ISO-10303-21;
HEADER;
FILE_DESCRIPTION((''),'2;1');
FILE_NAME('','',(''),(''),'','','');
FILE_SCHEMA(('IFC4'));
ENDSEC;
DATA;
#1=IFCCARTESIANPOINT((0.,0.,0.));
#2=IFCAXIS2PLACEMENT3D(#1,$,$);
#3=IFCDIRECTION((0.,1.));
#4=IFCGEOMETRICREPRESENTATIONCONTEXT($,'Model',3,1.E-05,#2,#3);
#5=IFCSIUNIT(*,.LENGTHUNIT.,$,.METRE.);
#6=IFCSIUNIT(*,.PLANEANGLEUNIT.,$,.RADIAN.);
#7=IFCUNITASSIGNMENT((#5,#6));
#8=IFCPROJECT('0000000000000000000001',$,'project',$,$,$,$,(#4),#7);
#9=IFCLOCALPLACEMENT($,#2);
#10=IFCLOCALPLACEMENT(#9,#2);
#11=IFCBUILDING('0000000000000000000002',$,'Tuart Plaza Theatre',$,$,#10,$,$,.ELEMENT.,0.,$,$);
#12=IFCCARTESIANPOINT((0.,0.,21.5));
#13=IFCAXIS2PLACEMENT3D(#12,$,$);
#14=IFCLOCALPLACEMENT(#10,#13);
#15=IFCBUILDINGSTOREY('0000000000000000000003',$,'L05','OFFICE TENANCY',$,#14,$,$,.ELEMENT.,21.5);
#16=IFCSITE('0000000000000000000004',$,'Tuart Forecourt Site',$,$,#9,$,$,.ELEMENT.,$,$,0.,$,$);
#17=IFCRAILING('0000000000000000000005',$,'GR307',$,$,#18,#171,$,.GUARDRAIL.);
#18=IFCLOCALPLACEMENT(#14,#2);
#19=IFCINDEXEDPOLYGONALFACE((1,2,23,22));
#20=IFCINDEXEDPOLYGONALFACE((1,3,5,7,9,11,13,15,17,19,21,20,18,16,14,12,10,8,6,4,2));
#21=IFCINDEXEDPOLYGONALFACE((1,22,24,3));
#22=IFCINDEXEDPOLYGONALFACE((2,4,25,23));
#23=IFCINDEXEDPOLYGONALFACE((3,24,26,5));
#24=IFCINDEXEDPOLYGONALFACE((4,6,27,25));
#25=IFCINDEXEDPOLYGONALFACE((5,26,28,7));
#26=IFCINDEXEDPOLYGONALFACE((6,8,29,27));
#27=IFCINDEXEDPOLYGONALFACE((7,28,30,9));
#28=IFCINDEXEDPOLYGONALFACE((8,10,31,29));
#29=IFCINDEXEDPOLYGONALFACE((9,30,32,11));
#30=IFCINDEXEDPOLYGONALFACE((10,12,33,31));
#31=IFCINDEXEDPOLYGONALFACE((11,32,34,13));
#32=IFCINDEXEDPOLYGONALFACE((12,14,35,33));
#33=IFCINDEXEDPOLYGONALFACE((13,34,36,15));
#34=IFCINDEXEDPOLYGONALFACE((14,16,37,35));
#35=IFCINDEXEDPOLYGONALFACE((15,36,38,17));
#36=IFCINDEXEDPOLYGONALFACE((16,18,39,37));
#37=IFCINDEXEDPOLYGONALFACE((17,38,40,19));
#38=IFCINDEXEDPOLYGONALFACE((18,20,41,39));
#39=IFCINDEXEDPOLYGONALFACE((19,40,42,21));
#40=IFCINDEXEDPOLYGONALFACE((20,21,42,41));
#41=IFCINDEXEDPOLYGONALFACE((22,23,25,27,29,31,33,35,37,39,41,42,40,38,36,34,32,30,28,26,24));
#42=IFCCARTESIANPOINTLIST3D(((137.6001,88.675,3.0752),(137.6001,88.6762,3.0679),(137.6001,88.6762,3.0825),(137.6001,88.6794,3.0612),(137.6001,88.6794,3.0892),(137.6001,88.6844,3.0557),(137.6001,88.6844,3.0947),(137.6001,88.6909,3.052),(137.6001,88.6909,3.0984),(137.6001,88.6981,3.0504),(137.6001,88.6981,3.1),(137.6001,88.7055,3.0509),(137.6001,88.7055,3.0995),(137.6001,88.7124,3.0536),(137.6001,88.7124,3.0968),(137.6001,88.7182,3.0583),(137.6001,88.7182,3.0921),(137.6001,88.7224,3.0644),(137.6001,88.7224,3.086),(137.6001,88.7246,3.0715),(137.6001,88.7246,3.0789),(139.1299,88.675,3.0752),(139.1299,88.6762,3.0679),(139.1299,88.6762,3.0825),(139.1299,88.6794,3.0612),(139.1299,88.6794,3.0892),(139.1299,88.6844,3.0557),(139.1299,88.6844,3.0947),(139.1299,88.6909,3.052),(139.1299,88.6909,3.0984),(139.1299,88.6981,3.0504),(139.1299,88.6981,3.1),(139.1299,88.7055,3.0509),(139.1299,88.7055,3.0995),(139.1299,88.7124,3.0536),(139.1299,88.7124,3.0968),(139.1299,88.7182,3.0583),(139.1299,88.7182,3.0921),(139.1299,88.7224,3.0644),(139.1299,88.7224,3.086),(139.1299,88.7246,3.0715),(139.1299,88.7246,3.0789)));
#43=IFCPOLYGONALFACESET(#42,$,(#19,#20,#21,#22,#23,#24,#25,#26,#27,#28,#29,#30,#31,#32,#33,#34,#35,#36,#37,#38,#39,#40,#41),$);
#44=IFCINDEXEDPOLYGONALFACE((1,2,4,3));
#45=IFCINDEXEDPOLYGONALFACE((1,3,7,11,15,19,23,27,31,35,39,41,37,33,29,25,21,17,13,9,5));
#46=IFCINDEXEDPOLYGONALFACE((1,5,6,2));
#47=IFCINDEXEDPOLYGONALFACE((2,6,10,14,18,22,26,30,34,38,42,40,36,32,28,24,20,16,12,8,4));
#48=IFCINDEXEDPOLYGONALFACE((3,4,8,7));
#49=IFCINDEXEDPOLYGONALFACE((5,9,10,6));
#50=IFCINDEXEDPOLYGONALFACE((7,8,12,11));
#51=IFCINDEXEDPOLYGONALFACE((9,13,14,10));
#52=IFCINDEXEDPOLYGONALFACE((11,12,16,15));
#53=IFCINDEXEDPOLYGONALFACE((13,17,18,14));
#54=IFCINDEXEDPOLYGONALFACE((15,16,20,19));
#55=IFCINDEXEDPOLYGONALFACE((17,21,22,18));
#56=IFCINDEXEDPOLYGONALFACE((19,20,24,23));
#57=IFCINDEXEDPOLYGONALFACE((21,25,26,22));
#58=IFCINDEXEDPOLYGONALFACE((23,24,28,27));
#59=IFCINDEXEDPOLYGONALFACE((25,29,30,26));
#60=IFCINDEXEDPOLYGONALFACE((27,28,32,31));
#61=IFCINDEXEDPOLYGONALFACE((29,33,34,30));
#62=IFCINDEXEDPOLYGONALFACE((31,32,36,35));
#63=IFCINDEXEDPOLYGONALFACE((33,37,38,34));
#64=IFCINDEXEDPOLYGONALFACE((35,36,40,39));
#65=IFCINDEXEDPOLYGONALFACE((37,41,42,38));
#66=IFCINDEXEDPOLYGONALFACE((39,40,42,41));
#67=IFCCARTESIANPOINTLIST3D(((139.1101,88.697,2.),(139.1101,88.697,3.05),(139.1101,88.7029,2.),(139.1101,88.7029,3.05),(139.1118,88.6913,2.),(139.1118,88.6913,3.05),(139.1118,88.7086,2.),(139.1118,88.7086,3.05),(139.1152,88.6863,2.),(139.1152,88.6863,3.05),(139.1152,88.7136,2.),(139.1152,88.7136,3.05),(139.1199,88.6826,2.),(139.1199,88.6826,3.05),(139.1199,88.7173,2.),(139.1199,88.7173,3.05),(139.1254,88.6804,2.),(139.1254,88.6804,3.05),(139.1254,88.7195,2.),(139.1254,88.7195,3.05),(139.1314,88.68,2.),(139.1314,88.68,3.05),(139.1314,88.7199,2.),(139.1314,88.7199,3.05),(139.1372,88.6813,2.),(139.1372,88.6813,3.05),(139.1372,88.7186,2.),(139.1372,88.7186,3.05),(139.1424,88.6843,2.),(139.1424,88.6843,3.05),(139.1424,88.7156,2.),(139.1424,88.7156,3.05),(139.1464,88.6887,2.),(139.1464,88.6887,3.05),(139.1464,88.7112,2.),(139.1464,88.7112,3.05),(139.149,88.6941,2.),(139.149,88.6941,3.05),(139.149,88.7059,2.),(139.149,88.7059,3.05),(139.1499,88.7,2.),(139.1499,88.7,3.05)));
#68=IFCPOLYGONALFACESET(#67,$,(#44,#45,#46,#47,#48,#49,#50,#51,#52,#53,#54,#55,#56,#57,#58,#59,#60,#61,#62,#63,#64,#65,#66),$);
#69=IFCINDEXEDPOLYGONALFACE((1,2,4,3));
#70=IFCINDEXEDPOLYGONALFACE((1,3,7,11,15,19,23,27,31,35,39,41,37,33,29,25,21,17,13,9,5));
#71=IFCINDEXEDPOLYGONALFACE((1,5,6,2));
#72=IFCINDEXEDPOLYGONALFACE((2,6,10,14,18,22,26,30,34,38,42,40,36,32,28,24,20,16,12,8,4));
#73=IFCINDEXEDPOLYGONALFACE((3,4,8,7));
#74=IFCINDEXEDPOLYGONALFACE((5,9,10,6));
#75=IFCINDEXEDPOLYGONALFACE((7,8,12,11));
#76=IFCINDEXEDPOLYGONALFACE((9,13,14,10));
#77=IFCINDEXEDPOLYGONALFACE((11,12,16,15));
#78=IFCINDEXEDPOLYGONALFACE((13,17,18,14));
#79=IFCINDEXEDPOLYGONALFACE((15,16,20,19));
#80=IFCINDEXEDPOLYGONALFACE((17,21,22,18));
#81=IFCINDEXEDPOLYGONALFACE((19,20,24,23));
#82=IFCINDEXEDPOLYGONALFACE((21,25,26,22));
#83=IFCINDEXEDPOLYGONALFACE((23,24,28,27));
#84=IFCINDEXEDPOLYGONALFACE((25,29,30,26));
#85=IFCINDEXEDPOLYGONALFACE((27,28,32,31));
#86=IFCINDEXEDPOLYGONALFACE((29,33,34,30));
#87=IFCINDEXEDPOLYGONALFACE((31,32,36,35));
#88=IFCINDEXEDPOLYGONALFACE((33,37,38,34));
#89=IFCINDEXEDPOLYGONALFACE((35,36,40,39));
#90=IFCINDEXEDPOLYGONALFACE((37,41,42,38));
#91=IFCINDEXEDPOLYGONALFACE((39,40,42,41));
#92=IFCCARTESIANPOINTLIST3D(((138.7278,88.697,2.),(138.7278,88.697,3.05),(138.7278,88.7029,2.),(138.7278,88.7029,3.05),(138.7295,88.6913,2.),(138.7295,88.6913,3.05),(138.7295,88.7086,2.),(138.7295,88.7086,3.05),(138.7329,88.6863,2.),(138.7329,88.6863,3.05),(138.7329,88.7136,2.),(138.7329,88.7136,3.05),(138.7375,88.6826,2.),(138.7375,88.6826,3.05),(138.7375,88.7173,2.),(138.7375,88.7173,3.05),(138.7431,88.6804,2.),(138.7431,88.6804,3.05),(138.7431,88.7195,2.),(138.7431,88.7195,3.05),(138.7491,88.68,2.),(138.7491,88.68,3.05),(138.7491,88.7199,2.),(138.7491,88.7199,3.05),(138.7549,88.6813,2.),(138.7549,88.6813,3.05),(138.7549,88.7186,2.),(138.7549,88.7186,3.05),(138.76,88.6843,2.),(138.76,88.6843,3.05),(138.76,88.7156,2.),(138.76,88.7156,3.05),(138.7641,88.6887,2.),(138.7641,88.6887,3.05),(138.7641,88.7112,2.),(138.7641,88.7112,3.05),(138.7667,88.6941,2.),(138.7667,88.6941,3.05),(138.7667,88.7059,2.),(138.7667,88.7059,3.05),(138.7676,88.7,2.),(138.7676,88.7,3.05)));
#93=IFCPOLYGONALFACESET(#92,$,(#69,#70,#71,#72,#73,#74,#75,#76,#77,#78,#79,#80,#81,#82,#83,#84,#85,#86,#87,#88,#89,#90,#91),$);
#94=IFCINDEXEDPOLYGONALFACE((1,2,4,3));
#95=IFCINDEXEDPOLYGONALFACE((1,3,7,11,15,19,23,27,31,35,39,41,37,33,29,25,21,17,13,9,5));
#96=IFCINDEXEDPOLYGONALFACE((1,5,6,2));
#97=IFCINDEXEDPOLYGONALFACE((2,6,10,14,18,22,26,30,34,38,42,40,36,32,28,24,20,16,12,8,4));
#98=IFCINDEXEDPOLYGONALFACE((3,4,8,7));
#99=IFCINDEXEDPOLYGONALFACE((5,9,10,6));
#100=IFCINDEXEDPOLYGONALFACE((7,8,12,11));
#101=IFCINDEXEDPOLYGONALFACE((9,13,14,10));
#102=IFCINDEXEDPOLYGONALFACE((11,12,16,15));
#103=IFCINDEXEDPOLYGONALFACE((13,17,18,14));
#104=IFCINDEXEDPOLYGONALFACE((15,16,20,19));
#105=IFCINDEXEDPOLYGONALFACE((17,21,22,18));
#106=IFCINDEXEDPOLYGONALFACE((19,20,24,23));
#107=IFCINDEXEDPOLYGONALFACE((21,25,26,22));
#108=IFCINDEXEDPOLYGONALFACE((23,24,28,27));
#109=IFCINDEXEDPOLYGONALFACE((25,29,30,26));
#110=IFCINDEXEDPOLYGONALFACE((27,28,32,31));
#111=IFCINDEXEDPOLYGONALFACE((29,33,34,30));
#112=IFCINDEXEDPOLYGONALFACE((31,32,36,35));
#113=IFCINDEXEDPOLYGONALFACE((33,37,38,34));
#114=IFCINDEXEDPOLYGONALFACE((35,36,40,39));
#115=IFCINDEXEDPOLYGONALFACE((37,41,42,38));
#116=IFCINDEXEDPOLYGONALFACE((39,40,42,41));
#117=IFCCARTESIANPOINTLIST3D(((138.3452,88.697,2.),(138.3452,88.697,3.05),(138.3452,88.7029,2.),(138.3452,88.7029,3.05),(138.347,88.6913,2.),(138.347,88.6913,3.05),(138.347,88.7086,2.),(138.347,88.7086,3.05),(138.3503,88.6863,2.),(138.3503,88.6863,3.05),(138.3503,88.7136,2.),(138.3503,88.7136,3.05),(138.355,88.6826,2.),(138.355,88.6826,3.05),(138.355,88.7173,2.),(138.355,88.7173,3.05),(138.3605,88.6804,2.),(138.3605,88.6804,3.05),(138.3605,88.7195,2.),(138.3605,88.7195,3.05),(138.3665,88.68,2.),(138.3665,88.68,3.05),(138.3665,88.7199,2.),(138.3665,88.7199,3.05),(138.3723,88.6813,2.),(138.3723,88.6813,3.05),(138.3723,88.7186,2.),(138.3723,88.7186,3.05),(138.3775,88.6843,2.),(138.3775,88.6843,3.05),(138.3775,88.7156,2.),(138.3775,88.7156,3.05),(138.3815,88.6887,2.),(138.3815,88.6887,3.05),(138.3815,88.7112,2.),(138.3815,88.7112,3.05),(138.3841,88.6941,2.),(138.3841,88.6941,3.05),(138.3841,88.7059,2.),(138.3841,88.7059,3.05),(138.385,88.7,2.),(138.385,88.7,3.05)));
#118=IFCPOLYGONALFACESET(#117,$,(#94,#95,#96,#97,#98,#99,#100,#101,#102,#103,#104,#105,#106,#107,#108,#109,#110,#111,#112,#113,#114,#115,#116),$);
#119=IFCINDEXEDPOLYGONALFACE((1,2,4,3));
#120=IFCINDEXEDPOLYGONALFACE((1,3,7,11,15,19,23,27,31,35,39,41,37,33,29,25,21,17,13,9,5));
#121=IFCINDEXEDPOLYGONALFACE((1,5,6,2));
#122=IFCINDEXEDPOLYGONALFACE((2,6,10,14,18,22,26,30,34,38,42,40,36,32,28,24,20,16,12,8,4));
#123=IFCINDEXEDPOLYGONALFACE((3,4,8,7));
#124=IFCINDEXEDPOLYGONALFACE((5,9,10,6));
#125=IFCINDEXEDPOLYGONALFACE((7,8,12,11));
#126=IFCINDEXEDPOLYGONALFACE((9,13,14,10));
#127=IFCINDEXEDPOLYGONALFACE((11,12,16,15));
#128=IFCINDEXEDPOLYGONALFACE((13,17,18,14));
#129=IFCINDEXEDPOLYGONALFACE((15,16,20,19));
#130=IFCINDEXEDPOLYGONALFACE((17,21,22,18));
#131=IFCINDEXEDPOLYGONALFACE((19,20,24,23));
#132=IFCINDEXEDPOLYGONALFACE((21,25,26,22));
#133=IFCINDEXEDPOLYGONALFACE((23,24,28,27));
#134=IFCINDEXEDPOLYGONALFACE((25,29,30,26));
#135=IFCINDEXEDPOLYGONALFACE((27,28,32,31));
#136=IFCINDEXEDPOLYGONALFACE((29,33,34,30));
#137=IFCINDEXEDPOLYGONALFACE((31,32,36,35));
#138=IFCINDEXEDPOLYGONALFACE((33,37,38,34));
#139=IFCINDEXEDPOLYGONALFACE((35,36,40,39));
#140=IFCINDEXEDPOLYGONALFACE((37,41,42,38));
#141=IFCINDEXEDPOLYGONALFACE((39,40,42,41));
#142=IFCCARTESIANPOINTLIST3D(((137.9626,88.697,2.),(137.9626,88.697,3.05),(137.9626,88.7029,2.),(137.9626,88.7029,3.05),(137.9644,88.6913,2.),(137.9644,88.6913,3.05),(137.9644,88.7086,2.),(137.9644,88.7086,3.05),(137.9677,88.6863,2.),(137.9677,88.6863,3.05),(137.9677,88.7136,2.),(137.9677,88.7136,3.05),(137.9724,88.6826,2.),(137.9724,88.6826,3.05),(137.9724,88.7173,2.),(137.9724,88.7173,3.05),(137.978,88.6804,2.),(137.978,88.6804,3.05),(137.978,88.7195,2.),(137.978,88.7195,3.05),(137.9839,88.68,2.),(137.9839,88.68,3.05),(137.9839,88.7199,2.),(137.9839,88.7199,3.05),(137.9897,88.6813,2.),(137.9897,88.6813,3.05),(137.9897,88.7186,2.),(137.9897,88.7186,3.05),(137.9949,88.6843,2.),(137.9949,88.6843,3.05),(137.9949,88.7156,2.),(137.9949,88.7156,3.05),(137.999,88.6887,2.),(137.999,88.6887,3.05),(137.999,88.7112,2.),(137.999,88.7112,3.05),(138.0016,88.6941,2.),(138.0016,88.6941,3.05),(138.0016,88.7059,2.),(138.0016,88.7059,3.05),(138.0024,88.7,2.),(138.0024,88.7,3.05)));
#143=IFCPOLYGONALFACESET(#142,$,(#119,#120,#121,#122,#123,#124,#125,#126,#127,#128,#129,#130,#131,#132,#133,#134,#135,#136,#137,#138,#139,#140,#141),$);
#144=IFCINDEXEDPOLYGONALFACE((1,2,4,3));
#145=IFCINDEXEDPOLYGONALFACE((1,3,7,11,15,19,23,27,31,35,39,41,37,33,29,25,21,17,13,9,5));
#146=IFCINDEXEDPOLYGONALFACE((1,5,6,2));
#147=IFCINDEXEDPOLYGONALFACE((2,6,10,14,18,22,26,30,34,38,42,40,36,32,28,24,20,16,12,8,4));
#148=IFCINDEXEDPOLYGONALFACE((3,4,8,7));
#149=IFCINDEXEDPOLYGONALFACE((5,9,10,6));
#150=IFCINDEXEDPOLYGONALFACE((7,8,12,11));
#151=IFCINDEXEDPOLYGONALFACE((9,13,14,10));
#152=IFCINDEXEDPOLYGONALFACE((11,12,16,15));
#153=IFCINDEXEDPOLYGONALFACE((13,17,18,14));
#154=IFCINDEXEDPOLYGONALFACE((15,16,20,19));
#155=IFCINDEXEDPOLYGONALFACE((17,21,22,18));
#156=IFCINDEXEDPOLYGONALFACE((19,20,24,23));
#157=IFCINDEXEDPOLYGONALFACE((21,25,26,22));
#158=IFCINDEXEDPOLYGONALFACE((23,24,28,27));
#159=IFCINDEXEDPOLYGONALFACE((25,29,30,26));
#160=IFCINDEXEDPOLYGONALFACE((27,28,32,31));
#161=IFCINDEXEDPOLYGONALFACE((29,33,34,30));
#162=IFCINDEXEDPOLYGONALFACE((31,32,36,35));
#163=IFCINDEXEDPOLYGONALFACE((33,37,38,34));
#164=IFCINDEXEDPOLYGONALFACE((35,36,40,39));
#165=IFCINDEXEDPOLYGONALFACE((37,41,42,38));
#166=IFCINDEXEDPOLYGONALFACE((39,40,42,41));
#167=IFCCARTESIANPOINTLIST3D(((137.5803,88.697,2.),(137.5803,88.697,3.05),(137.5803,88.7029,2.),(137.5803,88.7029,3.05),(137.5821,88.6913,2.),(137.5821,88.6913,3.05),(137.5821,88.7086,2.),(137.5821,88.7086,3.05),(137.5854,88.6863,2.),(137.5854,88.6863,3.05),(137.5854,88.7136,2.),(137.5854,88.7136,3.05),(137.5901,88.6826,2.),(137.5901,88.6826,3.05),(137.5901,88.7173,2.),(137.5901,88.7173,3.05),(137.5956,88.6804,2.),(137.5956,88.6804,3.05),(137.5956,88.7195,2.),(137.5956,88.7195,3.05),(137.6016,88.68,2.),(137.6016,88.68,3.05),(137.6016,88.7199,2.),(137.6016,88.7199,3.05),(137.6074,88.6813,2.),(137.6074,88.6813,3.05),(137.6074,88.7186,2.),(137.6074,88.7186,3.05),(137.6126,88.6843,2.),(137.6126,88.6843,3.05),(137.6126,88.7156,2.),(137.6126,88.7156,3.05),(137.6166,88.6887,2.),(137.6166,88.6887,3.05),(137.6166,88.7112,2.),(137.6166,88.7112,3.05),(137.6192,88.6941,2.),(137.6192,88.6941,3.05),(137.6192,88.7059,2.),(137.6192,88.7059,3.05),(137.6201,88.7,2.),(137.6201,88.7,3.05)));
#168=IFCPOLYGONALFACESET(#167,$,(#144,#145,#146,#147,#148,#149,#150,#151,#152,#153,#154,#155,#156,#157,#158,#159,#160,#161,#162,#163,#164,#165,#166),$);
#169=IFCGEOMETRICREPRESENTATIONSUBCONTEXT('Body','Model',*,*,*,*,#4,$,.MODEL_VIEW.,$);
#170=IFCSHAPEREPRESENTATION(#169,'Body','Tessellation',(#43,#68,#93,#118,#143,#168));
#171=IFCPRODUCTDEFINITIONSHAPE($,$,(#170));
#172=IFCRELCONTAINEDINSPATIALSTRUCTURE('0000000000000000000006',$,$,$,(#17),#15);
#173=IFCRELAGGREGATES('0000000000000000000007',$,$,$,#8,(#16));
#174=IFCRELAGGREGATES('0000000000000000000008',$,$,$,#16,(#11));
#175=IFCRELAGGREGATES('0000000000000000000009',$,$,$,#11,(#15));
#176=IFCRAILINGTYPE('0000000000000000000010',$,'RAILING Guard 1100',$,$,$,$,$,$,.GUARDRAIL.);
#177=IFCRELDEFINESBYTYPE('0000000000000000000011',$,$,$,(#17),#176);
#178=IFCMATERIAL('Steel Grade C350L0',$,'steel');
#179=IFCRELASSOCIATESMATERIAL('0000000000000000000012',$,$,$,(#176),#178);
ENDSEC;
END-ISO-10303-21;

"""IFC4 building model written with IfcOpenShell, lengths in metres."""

from ifc_helpers import new_model, si_unit, direction, frame, origin, origin_2d, place, context, subcontext, project, spatial, circle, extrude, material, type_object, element, save


model = new_model("IFC4")

# Units and contexts
model_context = context("Model", 3, precision=1e-05, world=origin(), true_north=direction((0.0, 1.0)))
body_context = subcontext(model_context, "Body", "Model", "MODEL_VIEW")
ifc_project = project(units=[si_unit("LENGTHUNIT", "METRE"), si_unit("PLANEANGLEUNIT", "RADIAN")], contexts=[model_context])

# Site, building, storey
site_placement = place(None, origin())
site = spatial("IfcSite", under=ifc_project, at=site_placement, Name="Tuart Forecourt Site", CompositionType="ELEMENT", RefElevation=0.0)
building_placement = place(site_placement, origin())
building = spatial("IfcBuilding", under=site, at=building_placement, Name="Tuart Plaza Theatre", CompositionType="ELEMENT", ElevationOfRefHeight=0.0)
storey_placement = place(building_placement, frame((0.0, 0.0, 21.5)))
storey = spatial("IfcBuildingStorey", under=building, at=storey_placement, Name="L05", Description="OFFICE TENANCY", CompositionType="ELEMENT", Elevation=21.5)

# Railing
ifc_material_1 = material(Name="Steel Grade C350L0", Category="steel")
railing_type_1 = type_object("IfcRailingType", Name="RAILING Guard 1100", PredefinedType="GUARDRAIL", material=ifc_material_1)
railing_1_placement = place(storey_placement, frame((139.1299, 88.7, 2.0)))
element("IfcRailing", 1, at=railing_1_placement, inside=storey, type_object=railing_type_1, Name="GR307", PredefinedType="GUARDRAIL", context=body_context, shape_type="SweptSolid", body=[
    extrude(circle(Radius=0.0249, at=origin_2d()), frame((0.0, 0.0, 1.0752), z_axis=(-1.0, 0.0, 0.0), x_axis=(0.0, -1.0, 0.0)), (0.0, 0.0, 1.0), 1.5298),
    extrude(circle(Radius=0.02, at=origin_2d()), origin(), (0.0, 0.0, 1.0), 1.05),
    extrude(circle(Radius=0.02, at=origin_2d()), frame((-0.3823, 0.0, 0.0)), (0.0, 0.0, 1.0), 1.05),
    extrude(circle(Radius=0.02, at=origin_2d()), frame((-0.7649, 0.0, 0.0)), (0.0, 0.0, 1.0), 1.05),
    extrude(circle(Radius=0.02, at=origin_2d()), frame((-1.1475, 0.0, 0.0)), (0.0, 0.0, 1.0), 1.05),
    extrude(circle(Radius=0.02, at=origin_2d()), frame((-1.5298, 0.0, 0.0)), (0.0, 0.0, 1.0), 1.05),
])

save(model, "model.ifc")
